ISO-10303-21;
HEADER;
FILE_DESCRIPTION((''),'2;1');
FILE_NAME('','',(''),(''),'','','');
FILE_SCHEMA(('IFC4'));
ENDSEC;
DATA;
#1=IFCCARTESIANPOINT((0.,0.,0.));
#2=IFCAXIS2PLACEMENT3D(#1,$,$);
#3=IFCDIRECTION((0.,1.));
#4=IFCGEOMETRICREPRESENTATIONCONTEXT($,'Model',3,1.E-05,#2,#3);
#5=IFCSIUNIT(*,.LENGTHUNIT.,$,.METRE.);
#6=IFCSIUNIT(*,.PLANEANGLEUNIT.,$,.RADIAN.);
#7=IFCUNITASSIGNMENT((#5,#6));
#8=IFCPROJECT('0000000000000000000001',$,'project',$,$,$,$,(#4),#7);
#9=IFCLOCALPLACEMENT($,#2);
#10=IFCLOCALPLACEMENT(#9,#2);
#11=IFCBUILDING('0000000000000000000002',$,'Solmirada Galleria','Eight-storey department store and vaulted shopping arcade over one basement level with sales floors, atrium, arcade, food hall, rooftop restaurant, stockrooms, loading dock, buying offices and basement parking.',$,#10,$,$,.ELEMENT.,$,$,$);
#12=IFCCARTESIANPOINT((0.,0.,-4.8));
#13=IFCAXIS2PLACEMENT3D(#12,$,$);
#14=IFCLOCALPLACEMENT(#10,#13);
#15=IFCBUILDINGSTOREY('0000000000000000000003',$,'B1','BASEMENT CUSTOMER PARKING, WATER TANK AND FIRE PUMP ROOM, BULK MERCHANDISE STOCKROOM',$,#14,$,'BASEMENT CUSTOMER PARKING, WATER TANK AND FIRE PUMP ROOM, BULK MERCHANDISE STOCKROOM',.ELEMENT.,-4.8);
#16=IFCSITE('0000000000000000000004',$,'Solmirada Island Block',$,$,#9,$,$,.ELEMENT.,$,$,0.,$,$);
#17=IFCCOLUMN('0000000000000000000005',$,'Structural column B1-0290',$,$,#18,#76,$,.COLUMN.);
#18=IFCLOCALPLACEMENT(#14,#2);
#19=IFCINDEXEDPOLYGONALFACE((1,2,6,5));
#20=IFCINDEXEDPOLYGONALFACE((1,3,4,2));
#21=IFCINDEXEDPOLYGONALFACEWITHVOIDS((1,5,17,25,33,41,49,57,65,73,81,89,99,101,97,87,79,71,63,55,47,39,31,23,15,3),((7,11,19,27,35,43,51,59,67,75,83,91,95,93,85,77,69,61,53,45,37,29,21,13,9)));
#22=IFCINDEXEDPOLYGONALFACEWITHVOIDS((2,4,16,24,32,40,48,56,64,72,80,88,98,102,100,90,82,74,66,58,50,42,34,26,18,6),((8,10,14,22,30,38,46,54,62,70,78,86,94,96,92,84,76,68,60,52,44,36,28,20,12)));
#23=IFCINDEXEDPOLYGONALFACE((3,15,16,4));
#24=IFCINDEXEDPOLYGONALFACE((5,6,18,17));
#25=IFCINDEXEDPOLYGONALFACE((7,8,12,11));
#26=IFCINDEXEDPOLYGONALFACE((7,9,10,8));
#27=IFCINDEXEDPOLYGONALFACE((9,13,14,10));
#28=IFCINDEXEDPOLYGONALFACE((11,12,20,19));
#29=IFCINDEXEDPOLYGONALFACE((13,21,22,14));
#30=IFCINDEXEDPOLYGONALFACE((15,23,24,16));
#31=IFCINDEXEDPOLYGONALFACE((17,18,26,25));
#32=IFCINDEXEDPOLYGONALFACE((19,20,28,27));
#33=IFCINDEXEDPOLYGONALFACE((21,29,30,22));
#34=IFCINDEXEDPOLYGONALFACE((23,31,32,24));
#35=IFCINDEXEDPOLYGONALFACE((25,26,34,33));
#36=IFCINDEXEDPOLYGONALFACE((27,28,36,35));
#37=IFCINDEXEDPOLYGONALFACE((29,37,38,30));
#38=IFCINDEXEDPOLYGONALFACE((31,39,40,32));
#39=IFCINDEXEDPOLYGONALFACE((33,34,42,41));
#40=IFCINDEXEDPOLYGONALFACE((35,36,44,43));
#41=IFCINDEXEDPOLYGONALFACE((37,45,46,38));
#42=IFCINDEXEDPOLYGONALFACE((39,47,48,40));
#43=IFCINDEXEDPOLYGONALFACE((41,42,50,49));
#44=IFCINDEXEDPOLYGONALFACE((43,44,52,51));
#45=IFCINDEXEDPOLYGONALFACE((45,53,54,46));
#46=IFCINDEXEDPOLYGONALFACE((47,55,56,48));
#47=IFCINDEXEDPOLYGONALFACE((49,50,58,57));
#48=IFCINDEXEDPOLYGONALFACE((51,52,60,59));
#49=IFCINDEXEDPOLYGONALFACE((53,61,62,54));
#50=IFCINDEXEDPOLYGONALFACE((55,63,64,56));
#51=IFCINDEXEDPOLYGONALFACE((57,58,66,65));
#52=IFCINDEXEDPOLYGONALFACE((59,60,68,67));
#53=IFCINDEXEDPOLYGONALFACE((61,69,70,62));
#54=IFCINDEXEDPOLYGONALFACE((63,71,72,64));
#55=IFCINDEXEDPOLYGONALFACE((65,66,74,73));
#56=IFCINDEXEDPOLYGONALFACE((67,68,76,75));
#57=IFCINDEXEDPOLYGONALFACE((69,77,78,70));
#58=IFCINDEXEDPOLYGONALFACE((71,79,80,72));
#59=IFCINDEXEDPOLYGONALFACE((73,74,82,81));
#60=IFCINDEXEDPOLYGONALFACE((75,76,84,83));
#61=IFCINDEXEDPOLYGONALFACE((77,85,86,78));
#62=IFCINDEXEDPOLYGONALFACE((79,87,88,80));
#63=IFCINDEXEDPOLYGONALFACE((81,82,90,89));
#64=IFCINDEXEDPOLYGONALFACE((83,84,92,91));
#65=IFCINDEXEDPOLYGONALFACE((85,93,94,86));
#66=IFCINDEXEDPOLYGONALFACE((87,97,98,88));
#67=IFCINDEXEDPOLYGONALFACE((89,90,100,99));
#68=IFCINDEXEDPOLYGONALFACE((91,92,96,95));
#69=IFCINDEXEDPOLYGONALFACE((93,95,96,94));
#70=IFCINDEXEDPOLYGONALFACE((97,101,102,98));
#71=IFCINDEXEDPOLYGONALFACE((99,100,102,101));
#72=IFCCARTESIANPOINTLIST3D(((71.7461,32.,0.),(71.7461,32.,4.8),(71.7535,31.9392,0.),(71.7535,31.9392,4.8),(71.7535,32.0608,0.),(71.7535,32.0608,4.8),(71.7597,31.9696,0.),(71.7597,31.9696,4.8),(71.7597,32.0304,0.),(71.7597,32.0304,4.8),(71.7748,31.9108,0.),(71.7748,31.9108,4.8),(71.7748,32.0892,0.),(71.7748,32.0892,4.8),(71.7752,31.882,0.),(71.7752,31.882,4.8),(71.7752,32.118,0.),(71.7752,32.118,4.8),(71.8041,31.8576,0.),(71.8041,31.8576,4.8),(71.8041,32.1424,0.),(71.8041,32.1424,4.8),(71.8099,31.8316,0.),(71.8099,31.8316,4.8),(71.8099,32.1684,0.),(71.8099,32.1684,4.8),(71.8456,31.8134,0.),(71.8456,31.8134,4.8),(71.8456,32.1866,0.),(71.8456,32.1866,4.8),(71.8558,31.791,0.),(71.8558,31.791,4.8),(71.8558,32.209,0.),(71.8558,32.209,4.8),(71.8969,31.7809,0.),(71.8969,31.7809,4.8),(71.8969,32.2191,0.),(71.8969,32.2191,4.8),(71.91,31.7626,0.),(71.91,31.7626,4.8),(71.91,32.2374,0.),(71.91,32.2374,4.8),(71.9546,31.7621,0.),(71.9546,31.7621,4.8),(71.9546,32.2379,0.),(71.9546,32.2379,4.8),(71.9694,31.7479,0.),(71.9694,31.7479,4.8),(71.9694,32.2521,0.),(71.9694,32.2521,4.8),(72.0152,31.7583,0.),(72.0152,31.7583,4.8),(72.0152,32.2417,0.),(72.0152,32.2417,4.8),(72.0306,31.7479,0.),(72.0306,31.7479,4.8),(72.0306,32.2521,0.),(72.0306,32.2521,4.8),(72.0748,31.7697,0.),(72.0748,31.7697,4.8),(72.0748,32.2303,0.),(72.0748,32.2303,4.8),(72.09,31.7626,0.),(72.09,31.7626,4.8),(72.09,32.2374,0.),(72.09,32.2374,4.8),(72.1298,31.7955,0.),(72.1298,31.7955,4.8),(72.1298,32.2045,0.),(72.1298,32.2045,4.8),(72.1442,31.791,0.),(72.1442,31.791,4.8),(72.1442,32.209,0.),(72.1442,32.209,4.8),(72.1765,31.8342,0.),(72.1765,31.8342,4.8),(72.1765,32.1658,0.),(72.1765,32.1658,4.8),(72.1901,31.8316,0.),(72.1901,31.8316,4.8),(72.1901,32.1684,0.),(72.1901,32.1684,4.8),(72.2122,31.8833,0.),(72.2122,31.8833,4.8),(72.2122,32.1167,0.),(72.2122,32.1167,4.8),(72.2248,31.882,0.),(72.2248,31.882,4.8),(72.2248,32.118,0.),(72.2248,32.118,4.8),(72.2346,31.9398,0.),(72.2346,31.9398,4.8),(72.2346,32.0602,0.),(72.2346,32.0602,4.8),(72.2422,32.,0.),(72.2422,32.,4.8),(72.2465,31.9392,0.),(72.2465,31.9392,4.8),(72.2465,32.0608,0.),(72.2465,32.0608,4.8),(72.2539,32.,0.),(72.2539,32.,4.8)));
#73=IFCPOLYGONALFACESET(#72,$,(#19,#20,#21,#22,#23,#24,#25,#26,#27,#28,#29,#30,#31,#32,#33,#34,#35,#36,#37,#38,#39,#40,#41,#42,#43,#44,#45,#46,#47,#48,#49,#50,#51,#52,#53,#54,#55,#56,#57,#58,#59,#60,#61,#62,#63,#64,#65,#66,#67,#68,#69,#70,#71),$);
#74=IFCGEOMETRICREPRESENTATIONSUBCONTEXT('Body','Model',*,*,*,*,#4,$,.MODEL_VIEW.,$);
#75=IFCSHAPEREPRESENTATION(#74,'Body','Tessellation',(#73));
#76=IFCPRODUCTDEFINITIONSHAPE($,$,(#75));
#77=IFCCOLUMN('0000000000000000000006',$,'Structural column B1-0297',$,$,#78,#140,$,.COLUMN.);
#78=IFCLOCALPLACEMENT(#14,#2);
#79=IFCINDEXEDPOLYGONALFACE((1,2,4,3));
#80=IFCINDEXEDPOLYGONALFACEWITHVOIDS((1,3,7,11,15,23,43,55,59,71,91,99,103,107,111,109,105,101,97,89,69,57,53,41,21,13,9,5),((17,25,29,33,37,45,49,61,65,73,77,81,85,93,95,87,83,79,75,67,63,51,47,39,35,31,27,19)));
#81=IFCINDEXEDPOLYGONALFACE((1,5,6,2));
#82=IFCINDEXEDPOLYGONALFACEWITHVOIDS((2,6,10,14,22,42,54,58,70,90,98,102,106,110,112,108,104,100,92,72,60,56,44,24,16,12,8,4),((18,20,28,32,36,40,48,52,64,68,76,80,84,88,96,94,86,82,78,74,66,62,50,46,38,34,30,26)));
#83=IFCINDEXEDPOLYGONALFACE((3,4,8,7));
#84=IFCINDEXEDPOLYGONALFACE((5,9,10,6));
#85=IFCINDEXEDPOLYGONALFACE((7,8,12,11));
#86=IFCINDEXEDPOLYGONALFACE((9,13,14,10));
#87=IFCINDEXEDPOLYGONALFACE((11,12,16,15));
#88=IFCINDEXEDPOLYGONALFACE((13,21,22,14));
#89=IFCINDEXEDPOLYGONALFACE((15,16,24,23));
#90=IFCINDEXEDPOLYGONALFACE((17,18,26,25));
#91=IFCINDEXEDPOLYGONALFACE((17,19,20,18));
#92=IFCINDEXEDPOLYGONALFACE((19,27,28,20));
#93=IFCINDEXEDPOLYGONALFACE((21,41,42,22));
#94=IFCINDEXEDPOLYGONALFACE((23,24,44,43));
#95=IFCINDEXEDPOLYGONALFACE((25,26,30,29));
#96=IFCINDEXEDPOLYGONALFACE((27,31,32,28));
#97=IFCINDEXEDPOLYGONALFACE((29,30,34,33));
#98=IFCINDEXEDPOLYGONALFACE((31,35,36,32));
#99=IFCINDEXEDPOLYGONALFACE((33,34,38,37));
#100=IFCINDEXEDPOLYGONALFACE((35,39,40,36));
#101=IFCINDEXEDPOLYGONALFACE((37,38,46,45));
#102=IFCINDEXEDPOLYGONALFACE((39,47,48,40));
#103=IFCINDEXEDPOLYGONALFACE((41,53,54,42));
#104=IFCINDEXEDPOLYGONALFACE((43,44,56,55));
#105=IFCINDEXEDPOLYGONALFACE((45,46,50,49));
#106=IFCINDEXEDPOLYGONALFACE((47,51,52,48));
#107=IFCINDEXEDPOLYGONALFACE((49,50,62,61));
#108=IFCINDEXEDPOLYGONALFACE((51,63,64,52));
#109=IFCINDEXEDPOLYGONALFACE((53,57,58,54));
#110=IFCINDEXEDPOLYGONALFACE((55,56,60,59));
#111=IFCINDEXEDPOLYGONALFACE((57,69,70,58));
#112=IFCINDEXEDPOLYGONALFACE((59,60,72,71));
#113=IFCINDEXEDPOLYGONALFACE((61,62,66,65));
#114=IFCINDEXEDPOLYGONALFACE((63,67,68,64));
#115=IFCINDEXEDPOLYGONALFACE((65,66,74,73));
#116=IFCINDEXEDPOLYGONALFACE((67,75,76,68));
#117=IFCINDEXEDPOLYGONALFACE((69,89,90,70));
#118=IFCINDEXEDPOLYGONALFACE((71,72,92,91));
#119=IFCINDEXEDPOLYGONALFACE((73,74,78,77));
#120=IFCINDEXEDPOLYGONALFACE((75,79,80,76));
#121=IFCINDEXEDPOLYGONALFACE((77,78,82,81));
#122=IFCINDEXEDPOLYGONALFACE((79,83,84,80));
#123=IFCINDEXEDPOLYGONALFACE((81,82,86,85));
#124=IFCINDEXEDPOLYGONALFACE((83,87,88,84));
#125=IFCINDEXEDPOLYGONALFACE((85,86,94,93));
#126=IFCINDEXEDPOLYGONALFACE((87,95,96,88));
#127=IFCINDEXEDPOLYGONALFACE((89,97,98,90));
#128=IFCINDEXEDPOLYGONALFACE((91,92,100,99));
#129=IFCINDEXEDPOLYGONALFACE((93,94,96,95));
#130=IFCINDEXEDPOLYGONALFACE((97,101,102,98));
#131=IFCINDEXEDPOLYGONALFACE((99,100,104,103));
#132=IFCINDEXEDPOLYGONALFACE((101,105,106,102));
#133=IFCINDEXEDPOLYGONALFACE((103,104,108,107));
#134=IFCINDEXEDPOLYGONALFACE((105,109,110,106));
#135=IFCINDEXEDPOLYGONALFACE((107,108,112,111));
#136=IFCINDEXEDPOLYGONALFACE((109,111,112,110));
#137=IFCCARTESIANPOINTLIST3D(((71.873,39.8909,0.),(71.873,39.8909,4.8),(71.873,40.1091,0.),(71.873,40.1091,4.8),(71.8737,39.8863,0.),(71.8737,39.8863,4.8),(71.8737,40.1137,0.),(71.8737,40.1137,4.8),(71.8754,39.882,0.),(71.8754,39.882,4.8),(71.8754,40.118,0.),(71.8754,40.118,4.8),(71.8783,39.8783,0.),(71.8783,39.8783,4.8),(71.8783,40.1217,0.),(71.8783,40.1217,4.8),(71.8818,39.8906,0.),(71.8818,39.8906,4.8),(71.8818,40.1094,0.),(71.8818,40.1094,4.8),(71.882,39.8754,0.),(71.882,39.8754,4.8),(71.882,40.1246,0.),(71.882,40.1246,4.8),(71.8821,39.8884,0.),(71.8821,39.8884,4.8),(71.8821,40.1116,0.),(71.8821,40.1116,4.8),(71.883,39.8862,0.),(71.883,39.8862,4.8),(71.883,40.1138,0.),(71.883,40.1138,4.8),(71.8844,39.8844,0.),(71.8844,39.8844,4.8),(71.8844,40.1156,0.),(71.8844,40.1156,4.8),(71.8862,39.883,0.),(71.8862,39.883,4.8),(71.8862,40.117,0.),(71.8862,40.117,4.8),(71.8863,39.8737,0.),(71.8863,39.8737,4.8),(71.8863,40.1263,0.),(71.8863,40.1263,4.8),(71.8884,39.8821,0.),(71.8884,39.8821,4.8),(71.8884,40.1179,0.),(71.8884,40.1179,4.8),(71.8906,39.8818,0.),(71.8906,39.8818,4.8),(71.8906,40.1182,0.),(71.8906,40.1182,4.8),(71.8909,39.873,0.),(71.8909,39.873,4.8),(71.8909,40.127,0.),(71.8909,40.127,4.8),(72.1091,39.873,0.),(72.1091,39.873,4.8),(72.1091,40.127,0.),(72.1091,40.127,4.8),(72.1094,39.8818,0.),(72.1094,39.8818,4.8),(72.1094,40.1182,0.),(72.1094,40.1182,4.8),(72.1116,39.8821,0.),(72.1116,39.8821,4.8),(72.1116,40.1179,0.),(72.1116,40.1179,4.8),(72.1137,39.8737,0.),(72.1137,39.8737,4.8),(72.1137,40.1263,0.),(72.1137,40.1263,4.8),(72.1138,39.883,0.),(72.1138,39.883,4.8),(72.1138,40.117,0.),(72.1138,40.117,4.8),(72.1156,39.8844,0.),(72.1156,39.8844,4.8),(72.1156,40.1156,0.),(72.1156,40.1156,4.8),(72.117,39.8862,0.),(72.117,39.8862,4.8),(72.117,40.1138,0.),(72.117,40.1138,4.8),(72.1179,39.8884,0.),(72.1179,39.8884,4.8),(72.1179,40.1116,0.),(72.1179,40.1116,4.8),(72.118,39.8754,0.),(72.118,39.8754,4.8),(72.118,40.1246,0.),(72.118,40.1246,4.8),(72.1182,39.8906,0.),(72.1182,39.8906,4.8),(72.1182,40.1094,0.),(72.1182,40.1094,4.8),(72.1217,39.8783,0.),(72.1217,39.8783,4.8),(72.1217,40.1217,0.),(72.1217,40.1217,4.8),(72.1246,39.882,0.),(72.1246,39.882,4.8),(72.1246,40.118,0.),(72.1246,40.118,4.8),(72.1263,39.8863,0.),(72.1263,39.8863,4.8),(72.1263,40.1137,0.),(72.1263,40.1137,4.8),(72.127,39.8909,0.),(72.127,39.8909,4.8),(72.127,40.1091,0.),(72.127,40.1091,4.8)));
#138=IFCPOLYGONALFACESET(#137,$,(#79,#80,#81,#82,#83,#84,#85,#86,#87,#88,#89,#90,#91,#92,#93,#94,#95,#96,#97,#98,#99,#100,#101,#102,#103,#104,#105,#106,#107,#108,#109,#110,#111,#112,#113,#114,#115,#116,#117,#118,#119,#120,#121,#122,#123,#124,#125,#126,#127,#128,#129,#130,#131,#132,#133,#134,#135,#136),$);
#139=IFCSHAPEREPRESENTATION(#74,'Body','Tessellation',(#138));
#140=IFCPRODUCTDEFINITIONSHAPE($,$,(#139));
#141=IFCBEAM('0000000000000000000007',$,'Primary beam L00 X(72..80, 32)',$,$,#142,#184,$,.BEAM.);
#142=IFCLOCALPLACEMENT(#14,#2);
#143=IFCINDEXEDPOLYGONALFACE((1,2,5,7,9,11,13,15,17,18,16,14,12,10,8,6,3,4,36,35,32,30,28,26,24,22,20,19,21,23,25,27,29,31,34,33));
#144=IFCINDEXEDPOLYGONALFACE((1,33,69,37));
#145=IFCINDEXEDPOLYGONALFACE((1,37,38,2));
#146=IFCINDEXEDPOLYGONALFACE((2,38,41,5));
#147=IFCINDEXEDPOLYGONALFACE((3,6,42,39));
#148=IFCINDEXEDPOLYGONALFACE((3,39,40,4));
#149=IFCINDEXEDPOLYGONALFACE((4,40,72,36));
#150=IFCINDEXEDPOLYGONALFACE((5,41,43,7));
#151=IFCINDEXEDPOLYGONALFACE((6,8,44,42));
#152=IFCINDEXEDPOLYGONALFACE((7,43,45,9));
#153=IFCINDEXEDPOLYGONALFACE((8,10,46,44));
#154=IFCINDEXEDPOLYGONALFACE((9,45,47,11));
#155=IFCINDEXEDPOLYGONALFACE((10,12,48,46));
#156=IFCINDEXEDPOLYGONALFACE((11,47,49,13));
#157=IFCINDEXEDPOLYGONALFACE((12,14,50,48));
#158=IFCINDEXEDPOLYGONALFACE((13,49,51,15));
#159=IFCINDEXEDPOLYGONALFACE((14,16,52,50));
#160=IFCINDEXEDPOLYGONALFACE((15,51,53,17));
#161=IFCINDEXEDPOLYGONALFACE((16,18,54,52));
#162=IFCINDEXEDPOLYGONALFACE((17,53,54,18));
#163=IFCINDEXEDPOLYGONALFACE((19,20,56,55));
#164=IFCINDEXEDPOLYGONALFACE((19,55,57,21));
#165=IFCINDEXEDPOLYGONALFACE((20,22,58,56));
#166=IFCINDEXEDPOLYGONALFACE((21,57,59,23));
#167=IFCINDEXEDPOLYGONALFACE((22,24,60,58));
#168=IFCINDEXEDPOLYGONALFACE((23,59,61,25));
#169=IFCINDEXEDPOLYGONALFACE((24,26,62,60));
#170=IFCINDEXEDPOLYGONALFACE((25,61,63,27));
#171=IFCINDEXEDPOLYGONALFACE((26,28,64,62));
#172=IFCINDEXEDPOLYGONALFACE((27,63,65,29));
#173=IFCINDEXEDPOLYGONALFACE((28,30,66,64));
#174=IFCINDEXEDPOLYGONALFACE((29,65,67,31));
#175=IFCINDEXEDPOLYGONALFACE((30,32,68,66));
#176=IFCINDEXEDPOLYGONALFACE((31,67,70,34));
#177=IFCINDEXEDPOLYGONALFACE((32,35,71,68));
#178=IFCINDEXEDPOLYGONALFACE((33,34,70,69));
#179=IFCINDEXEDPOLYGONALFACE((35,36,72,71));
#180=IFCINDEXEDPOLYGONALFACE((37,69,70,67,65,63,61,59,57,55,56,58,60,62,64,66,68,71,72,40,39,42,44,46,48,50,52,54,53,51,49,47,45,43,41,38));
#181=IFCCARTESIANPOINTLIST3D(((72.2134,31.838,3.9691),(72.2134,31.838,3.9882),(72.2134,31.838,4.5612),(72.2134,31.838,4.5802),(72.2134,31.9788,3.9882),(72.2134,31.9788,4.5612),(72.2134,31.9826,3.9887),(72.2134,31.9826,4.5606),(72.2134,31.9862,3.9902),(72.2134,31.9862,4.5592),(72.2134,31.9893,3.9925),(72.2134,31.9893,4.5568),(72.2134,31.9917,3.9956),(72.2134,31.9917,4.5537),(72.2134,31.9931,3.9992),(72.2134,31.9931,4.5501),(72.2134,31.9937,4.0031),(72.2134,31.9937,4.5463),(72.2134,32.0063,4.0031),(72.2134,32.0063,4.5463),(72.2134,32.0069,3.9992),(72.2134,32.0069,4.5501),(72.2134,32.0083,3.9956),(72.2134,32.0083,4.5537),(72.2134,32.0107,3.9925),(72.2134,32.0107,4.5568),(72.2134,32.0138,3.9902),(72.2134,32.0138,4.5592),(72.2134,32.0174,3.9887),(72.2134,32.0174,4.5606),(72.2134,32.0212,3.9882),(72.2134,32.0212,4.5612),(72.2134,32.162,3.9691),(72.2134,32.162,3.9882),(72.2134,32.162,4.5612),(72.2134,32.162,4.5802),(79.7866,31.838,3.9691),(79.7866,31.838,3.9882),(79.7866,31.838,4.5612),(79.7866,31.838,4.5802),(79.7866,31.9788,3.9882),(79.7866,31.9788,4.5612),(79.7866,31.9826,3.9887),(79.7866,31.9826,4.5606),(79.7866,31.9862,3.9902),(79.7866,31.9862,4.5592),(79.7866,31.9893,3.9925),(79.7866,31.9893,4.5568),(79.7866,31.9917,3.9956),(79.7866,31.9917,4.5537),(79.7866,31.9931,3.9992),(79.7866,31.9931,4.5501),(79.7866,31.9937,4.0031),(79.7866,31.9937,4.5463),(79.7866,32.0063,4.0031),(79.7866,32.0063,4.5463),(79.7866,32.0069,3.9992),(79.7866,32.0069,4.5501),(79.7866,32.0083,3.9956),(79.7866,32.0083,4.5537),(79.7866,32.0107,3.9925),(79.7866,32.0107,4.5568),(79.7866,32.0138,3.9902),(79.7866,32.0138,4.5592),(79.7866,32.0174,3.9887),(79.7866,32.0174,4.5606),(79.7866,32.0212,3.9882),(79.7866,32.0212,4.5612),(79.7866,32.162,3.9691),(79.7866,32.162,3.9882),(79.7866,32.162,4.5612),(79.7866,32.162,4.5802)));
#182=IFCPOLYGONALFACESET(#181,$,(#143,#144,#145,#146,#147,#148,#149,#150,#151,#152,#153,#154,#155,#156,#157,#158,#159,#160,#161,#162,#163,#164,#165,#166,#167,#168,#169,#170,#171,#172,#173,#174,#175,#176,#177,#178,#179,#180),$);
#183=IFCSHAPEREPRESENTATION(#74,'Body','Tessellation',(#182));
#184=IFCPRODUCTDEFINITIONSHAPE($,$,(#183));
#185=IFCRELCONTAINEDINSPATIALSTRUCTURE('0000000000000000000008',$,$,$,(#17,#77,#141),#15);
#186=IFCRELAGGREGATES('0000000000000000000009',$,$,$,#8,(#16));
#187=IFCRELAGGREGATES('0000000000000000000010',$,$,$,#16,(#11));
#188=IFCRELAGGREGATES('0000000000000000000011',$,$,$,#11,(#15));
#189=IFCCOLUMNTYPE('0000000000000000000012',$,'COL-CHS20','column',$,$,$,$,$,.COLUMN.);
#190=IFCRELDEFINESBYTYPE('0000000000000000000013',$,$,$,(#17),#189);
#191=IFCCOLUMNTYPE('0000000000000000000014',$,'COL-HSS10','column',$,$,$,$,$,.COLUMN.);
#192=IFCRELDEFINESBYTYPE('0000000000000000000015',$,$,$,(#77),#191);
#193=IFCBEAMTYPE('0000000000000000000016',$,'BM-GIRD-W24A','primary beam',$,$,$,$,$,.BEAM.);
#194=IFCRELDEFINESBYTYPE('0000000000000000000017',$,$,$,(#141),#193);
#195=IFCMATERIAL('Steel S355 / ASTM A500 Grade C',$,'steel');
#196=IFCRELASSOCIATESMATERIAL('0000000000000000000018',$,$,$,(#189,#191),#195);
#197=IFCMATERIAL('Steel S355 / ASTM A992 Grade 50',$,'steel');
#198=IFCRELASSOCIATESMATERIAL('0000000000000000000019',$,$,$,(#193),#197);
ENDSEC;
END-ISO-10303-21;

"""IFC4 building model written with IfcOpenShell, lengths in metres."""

from ifc_helpers import new_model, si_unit, direction, frame, origin, origin_2d, place, context, subcontext, project, spatial, hollow_rectangle, hollow_circle, i_section, extrude, material, material_profile, profile_set, type_object, element, save


model = new_model("IFC4")

# Units and contexts
model_context = context("Model", 3, precision=1e-05, world=origin(), true_north=direction((0.0, 1.0)))
body_context = subcontext(model_context, "Body", "Model", "MODEL_VIEW")
ifc_project = project(units=[si_unit("LENGTHUNIT", "METRE"), si_unit("PLANEANGLEUNIT", "RADIAN")], contexts=[model_context])

# Site, building, storey
site_placement = place(None, origin())
site = spatial("IfcSite", under=ifc_project, at=site_placement, Name="Solmirada Island Block", CompositionType="ELEMENT", RefElevation=0.0)
building_placement = place(site_placement, origin())
building = spatial("IfcBuilding", under=site, at=building_placement, Name="Solmirada Galleria", Description="Eight-storey department store and vaulted shopping arcade over one basement level with sales floors, atrium, arcade, food hall, rooftop restaurant, stockrooms, loading dock, buying offices and basement parking.", CompositionType="ELEMENT")
storey_placement = place(building_placement, frame((0.0, 0.0, -4.8)))
storey = spatial("IfcBuildingStorey", under=building, at=storey_placement, Name="B1", Description="BASEMENT CUSTOMER PARKING, WATER TANK AND FIRE PUMP ROOM, BULK MERCHANDISE STOCKROOM", LongName="BASEMENT CUSTOMER PARKING, WATER TANK AND FIRE PUMP ROOM, BULK MERCHANDISE STOCKROOM", CompositionType="ELEMENT", Elevation=-4.8)

# Columns
ifc_material_1 = material(Name="Steel S355 / ASTM A500 Grade C", Category="steel")
ifc_material_profile_1 = material_profile(ifc_material_1, hollow_circle(Radius=0.2539, WallThickness=0.0117, at=origin_2d()), Name="HSS20.000X0.500")
ifc_profile_set_1 = profile_set([ifc_material_profile_1], Name="Steel S355 / ASTM A500 Grade C")
column_type_1 = type_object("IfcColumnType", Name="COL-CHS20", Description="column", PredefinedType="COLUMN", material=ifc_profile_set_1)
column_1_placement = place(storey_placement, frame((72.0, 32.0, 0.0), z_axis=(0.0, 0.0, 1.0), x_axis=(1.0, 0.0, 0.0)))
element("IfcColumn", 1, at=column_1_placement, inside=storey, type_object=column_type_1, Name="Structural column B1-0290", PredefinedType="COLUMN", context=body_context, shape_type="SweptSolid", body=[
    extrude(hollow_circle(Radius=0.2539, WallThickness=0.0117, at=origin_2d()), origin(), (0.0, 0.0, 1.0), 4.8),
])
ifc_material_profile_2 = material_profile(ifc_material_1, hollow_rectangle(XDim=0.2539, YDim=0.2539, WallThickness=0.0088, InnerFilletRadius=0.0088, OuterFilletRadius=0.0178, at=origin_2d()), Name="HSS10X10X3/8")
ifc_profile_set_2 = profile_set([ifc_material_profile_2], Name="Steel S355 / ASTM A500 Grade C")
column_type_2 = type_object("IfcColumnType", Name="COL-HSS10", Description="column", PredefinedType="COLUMN", material=ifc_profile_set_2)
column_2_placement = place(storey_placement, frame((72.0, 40.0, 0.0), z_axis=(0.0, 0.0, 1.0), x_axis=(1.0, 0.0, 0.0)))
element("IfcColumn", 2, at=column_2_placement, inside=storey, type_object=column_type_2, Name="Structural column B1-0297", PredefinedType="COLUMN", context=body_context, shape_type="SweptSolid", body=[
    extrude(hollow_rectangle(XDim=0.2539, YDim=0.2539, WallThickness=0.0088, InnerFilletRadius=0.0088, OuterFilletRadius=0.0178, at=origin_2d()), origin(), (0.0, 0.0, 1.0), 4.8),
])

# Beam
ifc_material_2 = material(Name="Steel S355 / ASTM A992 Grade 50", Category="steel")
ifc_material_profile_3 = material_profile(ifc_material_2, i_section(OverallWidth=0.324, OverallDepth=0.6111, WebThickness=0.0127, FlangeThickness=0.019, FilletRadius=0.0149, at=origin_2d()), Name="W24X104")
ifc_profile_set_3 = profile_set([ifc_material_profile_3], Name="Steel S355 / ASTM A992 Grade 50")
beam_type_1 = type_object("IfcBeamType", Name="BM-GIRD-W24A", Description="primary beam", PredefinedType="BEAM", material=ifc_profile_set_3)
beam_1_placement = place(storey_placement, frame((72.2134, 32.0, 4.2747), z_axis=(1.0, 0.0, 0.0), x_axis=(0.0, 1.0, 0.0)))
element("IfcBeam", 3, at=beam_1_placement, inside=storey, type_object=beam_type_1, Name="Primary beam L00 X(72..80, 32)", PredefinedType="BEAM", context=body_context, shape_type="SweptSolid", body=[
    extrude(i_section(OverallWidth=0.324, OverallDepth=0.6111, WebThickness=0.0127, FlangeThickness=0.019, FilletRadius=0.0149, at=origin_2d()), origin(), (0.0, 0.0, 1.0), 7.5732),
])

save(model, "model.ifc")
